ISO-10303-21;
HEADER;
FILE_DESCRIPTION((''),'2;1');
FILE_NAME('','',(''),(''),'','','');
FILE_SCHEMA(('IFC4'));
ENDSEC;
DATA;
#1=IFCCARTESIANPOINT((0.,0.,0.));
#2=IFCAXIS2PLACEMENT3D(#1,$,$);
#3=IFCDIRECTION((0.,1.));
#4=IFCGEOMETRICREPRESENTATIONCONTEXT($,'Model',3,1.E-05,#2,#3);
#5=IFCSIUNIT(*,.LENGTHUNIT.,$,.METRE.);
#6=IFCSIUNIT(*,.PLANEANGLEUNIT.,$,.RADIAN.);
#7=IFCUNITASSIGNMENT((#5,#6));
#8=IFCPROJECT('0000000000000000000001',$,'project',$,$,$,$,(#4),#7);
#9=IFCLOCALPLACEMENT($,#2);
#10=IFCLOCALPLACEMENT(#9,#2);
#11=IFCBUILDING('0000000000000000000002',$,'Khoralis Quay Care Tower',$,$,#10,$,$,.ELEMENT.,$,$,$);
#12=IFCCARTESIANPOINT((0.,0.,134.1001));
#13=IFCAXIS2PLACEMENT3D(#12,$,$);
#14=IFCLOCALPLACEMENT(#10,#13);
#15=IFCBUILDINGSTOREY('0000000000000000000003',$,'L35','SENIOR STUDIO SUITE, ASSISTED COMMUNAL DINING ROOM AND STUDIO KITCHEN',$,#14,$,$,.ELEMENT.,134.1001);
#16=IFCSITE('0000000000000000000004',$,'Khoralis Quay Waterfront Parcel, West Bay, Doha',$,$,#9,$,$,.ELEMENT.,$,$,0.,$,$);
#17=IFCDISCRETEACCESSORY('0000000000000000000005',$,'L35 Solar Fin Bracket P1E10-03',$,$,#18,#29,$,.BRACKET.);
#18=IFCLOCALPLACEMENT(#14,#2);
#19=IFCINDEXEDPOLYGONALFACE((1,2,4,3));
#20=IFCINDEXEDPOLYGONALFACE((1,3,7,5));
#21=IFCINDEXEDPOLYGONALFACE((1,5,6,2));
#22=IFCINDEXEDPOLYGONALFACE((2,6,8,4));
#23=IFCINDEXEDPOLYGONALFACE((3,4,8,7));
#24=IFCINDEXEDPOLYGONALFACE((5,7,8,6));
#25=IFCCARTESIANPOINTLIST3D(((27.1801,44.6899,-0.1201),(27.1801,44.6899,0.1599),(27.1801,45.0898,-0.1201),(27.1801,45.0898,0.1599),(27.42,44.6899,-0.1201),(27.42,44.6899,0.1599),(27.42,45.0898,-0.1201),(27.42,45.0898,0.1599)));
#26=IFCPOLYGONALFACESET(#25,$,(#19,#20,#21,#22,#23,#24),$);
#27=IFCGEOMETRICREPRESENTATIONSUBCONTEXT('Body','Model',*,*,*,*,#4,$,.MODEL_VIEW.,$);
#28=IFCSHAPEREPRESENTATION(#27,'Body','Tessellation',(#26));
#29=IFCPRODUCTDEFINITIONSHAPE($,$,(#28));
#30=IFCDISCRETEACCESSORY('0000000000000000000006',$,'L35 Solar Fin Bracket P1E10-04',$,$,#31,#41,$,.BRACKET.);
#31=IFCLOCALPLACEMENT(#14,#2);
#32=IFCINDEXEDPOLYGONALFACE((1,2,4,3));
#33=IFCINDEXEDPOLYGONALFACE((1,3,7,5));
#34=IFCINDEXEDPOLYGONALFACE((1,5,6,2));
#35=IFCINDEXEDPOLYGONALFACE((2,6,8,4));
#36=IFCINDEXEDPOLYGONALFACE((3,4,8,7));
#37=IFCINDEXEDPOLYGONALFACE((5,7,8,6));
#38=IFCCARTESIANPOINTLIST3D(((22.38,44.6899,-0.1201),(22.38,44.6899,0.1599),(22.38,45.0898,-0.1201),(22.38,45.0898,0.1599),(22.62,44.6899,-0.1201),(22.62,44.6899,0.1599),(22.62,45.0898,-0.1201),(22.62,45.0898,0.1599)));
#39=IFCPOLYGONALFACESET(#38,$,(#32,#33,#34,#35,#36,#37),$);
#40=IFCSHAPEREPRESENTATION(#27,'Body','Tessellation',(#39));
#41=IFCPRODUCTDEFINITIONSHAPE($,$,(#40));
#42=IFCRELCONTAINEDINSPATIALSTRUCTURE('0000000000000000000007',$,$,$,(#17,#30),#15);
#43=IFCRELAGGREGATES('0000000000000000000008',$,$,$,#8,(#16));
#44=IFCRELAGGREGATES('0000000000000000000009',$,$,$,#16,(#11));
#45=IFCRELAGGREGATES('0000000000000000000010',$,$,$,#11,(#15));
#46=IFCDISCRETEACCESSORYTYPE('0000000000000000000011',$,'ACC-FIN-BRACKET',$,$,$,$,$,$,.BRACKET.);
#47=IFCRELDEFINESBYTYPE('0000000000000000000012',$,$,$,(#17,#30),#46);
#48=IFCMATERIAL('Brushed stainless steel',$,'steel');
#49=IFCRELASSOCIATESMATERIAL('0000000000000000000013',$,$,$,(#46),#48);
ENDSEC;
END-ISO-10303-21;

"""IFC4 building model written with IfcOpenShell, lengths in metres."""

from ifc_helpers import new_model, si_unit, direction, frame, origin, origin_2d, place, context, subcontext, project, spatial, rectangle, extrude, source, transform, mapped, material, type_object, element, save


model = new_model("IFC4")

# Units and contexts
model_context = context("Model", 3, precision=1e-05, world=origin(), true_north=direction((0.0, 1.0)))
body_context = subcontext(model_context, "Body", "Model", "MODEL_VIEW")
ifc_project = project(units=[si_unit("LENGTHUNIT", "METRE"), si_unit("PLANEANGLEUNIT", "RADIAN")], contexts=[model_context])

# Site, building, storey
site_placement = place(None, origin())
site = spatial("IfcSite", under=ifc_project, at=site_placement, Name="Khoralis Quay Waterfront Parcel, West Bay, Doha", CompositionType="ELEMENT", RefElevation=0.0)
building_placement = place(site_placement, origin())
building = spatial("IfcBuilding", under=site, at=building_placement, Name="Khoralis Quay Care Tower", CompositionType="ELEMENT")
storey_placement = place(building_placement, frame((0.0, 0.0, 134.1001)))
storey = spatial("IfcBuildingStorey", under=building, at=storey_placement, Name="L35", Description="SENIOR STUDIO SUITE, ASSISTED COMMUNAL DINING ROOM AND STUDIO KITCHEN", CompositionType="ELEMENT", Elevation=134.1001)

# Discrete accessories
ifc_material_1 = material(Name="Brushed stainless steel", Category="steel")
discrete_accessory_type = type_object("IfcDiscreteAccessoryType", Name="ACC-FIN-BRACKET", PredefinedType="BRACKET", material=ifc_material_1)
shared_shape_1 = source(origin(), body_context, "Body", "SweptSolid", [
    extrude(rectangle(XDim=0.3999, YDim=0.24, at=origin_2d()), origin(), (0.0, 0.0, 1.0), 0.28),
])
for number, where, z_axis, x_axis, name in (
    (1, (27.3, 44.8899, -0.1201), (0.0, 0.0, 1.0), (0.0, 1.0, 0.0), "L35 Solar Fin Bracket P1E10-03"),
    (2, (22.5, 44.8899, -0.1201), (0.0, 0.0, 1.0), (0.0, 1.0, 0.0), "L35 Solar Fin Bracket P1E10-04"),
):
    element("IfcDiscreteAccessory", number, at=place(storey_placement, frame(where, z_axis=z_axis, x_axis=x_axis)), inside=storey, type_object=discrete_accessory_type, Name=name, PredefinedType="BRACKET", context=body_context, shape_type="MappedRepresentation", body=[
        mapped(shared_shape_1, transform((0.0, 0.0, 0.0), scale=1.0)),
    ])

save(model, "model.ifc")
